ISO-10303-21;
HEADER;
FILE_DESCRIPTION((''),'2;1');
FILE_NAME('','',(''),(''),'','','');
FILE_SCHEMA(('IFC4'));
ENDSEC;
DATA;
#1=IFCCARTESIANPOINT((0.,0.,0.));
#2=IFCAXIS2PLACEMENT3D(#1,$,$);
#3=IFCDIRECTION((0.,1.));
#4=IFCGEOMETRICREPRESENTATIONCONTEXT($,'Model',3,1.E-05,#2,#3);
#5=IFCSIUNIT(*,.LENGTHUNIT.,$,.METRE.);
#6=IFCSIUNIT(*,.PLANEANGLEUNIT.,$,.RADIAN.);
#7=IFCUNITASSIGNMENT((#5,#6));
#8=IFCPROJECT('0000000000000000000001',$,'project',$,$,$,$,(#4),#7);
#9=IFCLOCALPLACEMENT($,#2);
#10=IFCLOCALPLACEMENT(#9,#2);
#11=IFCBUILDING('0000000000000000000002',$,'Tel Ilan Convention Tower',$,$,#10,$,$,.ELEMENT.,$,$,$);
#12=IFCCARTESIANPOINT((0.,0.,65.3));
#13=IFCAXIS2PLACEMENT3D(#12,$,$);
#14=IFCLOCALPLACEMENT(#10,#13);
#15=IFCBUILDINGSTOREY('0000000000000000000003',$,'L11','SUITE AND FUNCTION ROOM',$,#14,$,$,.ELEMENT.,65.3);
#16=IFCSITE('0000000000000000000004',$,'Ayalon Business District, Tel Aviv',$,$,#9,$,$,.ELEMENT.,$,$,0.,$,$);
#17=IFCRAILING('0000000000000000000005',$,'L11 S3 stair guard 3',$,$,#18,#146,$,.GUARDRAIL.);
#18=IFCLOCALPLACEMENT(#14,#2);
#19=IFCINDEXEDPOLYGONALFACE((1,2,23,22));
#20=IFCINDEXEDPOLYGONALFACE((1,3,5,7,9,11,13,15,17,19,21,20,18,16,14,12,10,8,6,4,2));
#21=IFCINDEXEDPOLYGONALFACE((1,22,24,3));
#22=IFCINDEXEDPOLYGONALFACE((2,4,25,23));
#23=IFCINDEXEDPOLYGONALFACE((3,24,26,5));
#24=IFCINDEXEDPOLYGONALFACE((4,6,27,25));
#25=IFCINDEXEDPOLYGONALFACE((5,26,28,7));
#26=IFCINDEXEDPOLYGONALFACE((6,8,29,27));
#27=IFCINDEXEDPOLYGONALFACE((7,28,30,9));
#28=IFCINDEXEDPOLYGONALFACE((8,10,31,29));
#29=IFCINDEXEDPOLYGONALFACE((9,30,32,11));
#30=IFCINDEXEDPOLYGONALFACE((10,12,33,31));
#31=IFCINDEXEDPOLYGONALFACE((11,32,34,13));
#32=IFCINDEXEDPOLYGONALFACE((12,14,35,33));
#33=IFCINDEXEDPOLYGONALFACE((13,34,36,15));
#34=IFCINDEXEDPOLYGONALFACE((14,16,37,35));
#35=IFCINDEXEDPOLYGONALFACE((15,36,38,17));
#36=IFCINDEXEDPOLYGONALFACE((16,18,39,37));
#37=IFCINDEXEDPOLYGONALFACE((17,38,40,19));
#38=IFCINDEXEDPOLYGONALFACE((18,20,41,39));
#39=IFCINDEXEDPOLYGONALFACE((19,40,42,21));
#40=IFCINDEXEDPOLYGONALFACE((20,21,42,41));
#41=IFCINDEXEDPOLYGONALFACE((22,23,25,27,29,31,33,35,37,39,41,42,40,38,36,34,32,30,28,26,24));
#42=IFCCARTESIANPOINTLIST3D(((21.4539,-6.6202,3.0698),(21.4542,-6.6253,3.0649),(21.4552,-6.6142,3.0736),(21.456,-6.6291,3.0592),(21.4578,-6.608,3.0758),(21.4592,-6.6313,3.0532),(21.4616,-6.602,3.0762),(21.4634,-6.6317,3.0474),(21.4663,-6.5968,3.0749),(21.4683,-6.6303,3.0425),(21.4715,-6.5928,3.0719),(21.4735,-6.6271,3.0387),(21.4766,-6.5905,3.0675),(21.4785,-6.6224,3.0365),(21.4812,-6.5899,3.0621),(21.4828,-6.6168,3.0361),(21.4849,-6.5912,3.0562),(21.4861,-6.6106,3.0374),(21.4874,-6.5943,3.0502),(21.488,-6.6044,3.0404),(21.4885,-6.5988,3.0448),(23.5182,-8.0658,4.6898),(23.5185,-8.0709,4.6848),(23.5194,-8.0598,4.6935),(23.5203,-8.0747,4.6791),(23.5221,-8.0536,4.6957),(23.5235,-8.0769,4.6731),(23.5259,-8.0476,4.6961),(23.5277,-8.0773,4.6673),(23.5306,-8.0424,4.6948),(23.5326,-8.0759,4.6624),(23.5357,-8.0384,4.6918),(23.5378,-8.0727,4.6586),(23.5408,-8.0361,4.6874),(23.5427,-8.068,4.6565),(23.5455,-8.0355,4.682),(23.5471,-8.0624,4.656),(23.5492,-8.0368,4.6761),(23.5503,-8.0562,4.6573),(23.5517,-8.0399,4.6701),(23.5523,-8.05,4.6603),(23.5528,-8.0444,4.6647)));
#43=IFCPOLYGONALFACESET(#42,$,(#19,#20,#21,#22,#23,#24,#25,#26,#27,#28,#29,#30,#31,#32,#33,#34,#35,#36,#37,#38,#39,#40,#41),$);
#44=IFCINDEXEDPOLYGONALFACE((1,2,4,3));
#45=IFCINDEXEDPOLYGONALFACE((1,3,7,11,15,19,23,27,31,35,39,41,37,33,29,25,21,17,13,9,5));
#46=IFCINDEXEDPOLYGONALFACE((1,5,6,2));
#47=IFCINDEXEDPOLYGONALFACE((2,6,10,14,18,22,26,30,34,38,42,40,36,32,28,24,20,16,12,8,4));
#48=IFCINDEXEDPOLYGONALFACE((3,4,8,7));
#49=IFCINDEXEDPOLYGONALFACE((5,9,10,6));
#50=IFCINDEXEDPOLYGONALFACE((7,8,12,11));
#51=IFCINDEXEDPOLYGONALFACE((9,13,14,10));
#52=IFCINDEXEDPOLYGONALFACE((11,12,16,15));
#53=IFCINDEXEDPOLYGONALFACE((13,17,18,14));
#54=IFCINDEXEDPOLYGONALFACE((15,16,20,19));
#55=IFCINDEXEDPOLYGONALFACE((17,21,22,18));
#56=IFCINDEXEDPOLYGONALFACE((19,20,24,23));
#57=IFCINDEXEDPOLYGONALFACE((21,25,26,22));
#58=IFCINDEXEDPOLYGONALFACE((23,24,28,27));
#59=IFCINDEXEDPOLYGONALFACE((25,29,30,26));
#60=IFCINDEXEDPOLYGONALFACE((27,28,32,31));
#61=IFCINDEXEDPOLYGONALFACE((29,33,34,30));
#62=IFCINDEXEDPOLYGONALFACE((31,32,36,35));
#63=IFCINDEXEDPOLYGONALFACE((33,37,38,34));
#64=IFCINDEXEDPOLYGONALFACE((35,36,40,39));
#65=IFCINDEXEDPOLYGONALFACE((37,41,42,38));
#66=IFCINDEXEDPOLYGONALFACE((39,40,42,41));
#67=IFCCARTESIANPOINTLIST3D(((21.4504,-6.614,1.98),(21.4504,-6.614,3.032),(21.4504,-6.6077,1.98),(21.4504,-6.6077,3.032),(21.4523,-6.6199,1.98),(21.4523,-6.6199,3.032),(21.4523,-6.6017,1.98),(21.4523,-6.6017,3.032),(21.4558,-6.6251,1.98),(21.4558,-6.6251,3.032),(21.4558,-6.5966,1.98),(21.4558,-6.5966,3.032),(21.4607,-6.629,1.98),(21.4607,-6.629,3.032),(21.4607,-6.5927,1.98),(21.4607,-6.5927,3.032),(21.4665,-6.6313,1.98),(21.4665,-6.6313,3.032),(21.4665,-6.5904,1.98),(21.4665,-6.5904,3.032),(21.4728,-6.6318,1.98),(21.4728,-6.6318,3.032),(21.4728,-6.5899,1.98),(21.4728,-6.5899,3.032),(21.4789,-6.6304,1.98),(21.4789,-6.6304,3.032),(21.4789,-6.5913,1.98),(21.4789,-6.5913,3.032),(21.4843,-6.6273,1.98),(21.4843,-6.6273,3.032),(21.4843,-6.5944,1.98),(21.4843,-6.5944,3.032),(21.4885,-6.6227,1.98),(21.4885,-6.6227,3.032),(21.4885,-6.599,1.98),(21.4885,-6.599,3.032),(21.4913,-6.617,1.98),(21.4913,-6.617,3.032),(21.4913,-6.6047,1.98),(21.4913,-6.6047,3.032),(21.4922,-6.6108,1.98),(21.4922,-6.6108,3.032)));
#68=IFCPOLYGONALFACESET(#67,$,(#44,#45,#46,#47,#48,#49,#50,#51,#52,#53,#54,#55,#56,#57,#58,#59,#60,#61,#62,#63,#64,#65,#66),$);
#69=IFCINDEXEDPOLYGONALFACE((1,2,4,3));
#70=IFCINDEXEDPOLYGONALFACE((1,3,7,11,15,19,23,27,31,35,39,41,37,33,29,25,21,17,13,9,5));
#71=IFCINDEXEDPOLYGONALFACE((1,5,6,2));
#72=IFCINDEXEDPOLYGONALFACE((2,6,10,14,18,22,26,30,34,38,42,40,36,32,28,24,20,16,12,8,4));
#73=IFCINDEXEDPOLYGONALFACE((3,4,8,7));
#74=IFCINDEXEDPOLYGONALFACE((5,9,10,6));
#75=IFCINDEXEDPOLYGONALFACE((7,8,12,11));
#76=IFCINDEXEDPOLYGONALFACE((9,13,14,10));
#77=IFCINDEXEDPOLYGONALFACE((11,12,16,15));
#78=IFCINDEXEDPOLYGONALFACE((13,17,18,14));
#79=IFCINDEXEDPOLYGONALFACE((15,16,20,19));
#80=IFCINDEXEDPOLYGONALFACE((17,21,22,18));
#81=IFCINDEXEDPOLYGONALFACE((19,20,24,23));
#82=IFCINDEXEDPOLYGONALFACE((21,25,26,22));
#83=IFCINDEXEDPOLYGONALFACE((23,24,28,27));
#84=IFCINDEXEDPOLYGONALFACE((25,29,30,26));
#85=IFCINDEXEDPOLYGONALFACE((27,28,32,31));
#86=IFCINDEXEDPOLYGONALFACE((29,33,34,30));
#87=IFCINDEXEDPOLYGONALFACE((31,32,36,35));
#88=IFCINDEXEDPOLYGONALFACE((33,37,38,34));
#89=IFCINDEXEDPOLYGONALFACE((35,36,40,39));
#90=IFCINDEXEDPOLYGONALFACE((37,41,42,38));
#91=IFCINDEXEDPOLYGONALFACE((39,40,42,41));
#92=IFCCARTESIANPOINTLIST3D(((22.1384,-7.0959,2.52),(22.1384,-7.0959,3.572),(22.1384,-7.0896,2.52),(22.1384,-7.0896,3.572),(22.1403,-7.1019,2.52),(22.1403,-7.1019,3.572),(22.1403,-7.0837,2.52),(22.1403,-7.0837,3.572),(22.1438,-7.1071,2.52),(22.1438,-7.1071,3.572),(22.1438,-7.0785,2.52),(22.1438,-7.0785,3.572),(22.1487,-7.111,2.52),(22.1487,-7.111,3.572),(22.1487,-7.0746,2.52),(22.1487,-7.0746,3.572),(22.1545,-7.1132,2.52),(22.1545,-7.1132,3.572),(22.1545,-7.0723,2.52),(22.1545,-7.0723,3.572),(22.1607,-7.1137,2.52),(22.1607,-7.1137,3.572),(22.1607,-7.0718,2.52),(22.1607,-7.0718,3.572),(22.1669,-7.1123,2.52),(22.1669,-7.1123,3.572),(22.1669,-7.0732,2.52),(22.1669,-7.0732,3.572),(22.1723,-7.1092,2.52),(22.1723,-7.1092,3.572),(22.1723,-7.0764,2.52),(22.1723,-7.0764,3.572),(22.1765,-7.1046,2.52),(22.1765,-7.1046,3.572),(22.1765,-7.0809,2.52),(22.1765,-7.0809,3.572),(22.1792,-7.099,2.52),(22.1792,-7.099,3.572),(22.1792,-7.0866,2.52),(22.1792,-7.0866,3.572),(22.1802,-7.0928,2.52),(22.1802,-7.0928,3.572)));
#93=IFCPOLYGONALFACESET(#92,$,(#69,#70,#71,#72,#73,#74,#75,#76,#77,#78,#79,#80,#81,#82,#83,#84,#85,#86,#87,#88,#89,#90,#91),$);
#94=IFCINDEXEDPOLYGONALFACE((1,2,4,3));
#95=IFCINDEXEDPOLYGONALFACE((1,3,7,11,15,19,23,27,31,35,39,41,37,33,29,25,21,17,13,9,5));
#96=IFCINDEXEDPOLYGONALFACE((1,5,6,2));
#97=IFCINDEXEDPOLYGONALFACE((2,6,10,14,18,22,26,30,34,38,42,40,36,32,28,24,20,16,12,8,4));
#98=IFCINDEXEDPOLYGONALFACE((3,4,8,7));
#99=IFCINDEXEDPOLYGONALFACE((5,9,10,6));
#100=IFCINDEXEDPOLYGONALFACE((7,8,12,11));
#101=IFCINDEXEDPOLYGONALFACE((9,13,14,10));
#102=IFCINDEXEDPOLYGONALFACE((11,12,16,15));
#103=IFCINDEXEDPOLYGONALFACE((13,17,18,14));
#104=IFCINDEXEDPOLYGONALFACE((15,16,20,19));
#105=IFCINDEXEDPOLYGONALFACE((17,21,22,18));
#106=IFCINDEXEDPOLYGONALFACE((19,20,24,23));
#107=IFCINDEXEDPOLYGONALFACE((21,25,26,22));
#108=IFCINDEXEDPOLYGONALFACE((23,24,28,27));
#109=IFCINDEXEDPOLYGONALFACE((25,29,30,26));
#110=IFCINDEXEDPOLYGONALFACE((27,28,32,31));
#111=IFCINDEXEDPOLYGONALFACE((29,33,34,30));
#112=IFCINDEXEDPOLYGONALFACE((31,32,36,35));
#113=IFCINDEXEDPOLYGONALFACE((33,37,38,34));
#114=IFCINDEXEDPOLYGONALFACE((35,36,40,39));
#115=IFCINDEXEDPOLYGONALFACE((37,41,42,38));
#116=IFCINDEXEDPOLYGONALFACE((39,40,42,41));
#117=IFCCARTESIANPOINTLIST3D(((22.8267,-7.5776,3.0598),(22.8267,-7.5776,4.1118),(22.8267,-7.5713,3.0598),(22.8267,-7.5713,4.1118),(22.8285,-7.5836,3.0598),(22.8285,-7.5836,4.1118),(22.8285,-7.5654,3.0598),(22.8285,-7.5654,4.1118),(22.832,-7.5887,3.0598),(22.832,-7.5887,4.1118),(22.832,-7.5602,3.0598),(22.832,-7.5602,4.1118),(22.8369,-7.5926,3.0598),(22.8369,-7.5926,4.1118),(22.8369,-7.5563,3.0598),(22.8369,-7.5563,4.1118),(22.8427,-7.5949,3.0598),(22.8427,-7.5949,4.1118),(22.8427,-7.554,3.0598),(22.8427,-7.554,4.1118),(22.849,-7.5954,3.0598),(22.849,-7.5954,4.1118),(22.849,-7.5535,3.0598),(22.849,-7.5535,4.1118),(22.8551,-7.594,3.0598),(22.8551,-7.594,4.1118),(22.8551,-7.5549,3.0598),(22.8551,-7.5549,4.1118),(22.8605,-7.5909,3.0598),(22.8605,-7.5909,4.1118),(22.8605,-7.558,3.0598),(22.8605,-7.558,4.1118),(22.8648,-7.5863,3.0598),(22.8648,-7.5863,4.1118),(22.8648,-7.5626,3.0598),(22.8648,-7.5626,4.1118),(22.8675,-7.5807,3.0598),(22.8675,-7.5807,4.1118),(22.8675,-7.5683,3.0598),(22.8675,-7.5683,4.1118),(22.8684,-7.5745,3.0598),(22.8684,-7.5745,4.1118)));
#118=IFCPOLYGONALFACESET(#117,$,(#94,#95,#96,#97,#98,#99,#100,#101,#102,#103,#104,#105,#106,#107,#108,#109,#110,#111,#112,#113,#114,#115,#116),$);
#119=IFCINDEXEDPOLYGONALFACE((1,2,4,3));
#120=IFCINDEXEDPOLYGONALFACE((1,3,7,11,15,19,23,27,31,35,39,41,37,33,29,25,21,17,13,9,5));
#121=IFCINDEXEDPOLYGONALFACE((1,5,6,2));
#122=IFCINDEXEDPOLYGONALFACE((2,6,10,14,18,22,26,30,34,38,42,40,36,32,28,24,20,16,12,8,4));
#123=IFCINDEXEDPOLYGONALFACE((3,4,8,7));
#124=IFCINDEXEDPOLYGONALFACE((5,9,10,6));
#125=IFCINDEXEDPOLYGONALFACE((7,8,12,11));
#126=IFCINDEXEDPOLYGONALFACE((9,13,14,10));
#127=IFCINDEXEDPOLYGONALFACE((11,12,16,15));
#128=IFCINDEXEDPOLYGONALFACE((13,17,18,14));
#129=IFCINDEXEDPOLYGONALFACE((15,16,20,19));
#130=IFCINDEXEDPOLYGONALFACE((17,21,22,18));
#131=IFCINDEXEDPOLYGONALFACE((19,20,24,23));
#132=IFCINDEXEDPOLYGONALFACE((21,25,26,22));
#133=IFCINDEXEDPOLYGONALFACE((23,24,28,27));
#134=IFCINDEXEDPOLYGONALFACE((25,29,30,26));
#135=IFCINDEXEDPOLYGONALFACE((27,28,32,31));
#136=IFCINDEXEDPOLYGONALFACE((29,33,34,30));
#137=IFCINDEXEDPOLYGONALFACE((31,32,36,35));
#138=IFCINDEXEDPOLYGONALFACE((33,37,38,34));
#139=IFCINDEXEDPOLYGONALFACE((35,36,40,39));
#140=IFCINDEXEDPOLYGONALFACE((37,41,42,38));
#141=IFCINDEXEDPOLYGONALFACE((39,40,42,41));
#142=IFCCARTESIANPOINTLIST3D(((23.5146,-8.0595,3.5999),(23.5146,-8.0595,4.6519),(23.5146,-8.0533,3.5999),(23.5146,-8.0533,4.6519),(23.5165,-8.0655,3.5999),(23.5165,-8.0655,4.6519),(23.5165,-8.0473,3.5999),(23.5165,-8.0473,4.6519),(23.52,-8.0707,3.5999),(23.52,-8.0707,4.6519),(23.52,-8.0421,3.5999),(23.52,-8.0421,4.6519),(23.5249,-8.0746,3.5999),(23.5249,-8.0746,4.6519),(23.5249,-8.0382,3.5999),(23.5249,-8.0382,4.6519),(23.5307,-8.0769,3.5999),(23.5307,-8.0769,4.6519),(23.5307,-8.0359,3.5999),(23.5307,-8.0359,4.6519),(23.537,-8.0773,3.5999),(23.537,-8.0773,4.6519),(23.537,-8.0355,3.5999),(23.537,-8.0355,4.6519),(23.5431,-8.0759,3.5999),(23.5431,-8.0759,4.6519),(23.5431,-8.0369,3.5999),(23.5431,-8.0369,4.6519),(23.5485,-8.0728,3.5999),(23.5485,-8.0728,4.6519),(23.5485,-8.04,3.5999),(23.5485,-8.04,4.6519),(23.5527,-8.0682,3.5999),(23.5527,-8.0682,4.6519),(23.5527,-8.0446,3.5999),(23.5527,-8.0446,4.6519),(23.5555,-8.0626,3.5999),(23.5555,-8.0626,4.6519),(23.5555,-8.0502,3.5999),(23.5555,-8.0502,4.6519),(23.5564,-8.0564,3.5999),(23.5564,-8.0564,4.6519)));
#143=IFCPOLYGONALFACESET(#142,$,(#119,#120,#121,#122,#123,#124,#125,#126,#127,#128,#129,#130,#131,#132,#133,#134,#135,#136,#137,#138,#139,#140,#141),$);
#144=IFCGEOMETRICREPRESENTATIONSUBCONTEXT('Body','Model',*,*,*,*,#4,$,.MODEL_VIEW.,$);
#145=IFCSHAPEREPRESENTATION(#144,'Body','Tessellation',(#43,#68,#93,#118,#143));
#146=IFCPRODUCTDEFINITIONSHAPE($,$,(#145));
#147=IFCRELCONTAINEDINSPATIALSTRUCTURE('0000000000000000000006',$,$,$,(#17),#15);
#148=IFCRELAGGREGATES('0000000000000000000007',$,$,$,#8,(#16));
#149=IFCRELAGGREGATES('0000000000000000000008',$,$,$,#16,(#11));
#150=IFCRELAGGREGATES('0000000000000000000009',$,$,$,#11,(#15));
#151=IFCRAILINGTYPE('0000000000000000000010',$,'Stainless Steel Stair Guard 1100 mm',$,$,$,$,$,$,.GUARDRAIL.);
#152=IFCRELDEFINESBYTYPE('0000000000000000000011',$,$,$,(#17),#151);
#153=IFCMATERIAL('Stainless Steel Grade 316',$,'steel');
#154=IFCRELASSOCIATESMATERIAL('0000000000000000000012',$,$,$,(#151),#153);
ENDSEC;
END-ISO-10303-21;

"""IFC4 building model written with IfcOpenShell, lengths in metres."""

from ifc_helpers import new_model, si_unit, direction, frame, origin, origin_2d, place, context, subcontext, project, spatial, circle, extrude, material, type_object, element, save


model = new_model("IFC4")

# Units and contexts
model_context = context("Model", 3, precision=1e-05, world=origin(), true_north=direction((0.0, 1.0)))
body_context = subcontext(model_context, "Body", "Model", "MODEL_VIEW")
ifc_project = project(units=[si_unit("LENGTHUNIT", "METRE"), si_unit("PLANEANGLEUNIT", "RADIAN")], contexts=[model_context])

# Site, building, storey
site_placement = place(None, origin())
site = spatial("IfcSite", under=ifc_project, at=site_placement, Name="Ayalon Business District, Tel Aviv", CompositionType="ELEMENT", RefElevation=0.0)
building_placement = place(site_placement, origin())
building = spatial("IfcBuilding", under=site, at=building_placement, Name="Tel Ilan Convention Tower", CompositionType="ELEMENT")
storey_placement = place(building_placement, frame((0.0, 0.0, 65.3)))
storey = spatial("IfcBuildingStorey", under=building, at=storey_placement, Name="L11", Description="SUITE AND FUNCTION ROOM", CompositionType="ELEMENT", Elevation=65.3)

# Railing
ifc_material_1 = material(Name="Stainless Steel Grade 316", Category="steel")
railing_type_1 = type_object("IfcRailingType", Name="Stainless Steel Stair Guard 1100 mm", PredefinedType="GUARDRAIL", material=ifc_material_1)
railing_1_placement = place(storey_placement, frame((21.4712, -6.6108, 1.98)))
element("IfcRailing", 1, at=railing_1_placement, inside=storey, type_object=railing_type_1, Name="L11 S3 stair guard 3", PredefinedType="GUARDRAIL", context=body_context, shape_type="SweptSolid", body=[
    extrude(circle(Radius=0.0239, at=origin_2d()), frame((0.0, 0.0, 1.0762), z_axis=(0.689043, -0.482534, 0.540722), x_axis=(0.573625, 0.819118, 0.0)), (0.0, 0.0, 1.0), 2.9958),
    extrude(circle(Radius=0.021, at=origin_2d()), origin(), (0.0, 0.0, 1.0), 1.052),
    extrude(circle(Radius=0.021, at=origin_2d()), frame((0.688, -0.4819, 0.54)), (0.0, 0.0, 1.0), 1.052),
    extrude(circle(Radius=0.021, at=origin_2d()), frame((1.3762, -0.9636, 1.0798)), (0.0, 0.0, 1.0), 1.052),
    extrude(circle(Radius=0.021, at=origin_2d()), frame((2.0642, -1.4456, 1.6199)), (0.0, 0.0, 1.0), 1.052),
])

save(model, "model.ifc")
